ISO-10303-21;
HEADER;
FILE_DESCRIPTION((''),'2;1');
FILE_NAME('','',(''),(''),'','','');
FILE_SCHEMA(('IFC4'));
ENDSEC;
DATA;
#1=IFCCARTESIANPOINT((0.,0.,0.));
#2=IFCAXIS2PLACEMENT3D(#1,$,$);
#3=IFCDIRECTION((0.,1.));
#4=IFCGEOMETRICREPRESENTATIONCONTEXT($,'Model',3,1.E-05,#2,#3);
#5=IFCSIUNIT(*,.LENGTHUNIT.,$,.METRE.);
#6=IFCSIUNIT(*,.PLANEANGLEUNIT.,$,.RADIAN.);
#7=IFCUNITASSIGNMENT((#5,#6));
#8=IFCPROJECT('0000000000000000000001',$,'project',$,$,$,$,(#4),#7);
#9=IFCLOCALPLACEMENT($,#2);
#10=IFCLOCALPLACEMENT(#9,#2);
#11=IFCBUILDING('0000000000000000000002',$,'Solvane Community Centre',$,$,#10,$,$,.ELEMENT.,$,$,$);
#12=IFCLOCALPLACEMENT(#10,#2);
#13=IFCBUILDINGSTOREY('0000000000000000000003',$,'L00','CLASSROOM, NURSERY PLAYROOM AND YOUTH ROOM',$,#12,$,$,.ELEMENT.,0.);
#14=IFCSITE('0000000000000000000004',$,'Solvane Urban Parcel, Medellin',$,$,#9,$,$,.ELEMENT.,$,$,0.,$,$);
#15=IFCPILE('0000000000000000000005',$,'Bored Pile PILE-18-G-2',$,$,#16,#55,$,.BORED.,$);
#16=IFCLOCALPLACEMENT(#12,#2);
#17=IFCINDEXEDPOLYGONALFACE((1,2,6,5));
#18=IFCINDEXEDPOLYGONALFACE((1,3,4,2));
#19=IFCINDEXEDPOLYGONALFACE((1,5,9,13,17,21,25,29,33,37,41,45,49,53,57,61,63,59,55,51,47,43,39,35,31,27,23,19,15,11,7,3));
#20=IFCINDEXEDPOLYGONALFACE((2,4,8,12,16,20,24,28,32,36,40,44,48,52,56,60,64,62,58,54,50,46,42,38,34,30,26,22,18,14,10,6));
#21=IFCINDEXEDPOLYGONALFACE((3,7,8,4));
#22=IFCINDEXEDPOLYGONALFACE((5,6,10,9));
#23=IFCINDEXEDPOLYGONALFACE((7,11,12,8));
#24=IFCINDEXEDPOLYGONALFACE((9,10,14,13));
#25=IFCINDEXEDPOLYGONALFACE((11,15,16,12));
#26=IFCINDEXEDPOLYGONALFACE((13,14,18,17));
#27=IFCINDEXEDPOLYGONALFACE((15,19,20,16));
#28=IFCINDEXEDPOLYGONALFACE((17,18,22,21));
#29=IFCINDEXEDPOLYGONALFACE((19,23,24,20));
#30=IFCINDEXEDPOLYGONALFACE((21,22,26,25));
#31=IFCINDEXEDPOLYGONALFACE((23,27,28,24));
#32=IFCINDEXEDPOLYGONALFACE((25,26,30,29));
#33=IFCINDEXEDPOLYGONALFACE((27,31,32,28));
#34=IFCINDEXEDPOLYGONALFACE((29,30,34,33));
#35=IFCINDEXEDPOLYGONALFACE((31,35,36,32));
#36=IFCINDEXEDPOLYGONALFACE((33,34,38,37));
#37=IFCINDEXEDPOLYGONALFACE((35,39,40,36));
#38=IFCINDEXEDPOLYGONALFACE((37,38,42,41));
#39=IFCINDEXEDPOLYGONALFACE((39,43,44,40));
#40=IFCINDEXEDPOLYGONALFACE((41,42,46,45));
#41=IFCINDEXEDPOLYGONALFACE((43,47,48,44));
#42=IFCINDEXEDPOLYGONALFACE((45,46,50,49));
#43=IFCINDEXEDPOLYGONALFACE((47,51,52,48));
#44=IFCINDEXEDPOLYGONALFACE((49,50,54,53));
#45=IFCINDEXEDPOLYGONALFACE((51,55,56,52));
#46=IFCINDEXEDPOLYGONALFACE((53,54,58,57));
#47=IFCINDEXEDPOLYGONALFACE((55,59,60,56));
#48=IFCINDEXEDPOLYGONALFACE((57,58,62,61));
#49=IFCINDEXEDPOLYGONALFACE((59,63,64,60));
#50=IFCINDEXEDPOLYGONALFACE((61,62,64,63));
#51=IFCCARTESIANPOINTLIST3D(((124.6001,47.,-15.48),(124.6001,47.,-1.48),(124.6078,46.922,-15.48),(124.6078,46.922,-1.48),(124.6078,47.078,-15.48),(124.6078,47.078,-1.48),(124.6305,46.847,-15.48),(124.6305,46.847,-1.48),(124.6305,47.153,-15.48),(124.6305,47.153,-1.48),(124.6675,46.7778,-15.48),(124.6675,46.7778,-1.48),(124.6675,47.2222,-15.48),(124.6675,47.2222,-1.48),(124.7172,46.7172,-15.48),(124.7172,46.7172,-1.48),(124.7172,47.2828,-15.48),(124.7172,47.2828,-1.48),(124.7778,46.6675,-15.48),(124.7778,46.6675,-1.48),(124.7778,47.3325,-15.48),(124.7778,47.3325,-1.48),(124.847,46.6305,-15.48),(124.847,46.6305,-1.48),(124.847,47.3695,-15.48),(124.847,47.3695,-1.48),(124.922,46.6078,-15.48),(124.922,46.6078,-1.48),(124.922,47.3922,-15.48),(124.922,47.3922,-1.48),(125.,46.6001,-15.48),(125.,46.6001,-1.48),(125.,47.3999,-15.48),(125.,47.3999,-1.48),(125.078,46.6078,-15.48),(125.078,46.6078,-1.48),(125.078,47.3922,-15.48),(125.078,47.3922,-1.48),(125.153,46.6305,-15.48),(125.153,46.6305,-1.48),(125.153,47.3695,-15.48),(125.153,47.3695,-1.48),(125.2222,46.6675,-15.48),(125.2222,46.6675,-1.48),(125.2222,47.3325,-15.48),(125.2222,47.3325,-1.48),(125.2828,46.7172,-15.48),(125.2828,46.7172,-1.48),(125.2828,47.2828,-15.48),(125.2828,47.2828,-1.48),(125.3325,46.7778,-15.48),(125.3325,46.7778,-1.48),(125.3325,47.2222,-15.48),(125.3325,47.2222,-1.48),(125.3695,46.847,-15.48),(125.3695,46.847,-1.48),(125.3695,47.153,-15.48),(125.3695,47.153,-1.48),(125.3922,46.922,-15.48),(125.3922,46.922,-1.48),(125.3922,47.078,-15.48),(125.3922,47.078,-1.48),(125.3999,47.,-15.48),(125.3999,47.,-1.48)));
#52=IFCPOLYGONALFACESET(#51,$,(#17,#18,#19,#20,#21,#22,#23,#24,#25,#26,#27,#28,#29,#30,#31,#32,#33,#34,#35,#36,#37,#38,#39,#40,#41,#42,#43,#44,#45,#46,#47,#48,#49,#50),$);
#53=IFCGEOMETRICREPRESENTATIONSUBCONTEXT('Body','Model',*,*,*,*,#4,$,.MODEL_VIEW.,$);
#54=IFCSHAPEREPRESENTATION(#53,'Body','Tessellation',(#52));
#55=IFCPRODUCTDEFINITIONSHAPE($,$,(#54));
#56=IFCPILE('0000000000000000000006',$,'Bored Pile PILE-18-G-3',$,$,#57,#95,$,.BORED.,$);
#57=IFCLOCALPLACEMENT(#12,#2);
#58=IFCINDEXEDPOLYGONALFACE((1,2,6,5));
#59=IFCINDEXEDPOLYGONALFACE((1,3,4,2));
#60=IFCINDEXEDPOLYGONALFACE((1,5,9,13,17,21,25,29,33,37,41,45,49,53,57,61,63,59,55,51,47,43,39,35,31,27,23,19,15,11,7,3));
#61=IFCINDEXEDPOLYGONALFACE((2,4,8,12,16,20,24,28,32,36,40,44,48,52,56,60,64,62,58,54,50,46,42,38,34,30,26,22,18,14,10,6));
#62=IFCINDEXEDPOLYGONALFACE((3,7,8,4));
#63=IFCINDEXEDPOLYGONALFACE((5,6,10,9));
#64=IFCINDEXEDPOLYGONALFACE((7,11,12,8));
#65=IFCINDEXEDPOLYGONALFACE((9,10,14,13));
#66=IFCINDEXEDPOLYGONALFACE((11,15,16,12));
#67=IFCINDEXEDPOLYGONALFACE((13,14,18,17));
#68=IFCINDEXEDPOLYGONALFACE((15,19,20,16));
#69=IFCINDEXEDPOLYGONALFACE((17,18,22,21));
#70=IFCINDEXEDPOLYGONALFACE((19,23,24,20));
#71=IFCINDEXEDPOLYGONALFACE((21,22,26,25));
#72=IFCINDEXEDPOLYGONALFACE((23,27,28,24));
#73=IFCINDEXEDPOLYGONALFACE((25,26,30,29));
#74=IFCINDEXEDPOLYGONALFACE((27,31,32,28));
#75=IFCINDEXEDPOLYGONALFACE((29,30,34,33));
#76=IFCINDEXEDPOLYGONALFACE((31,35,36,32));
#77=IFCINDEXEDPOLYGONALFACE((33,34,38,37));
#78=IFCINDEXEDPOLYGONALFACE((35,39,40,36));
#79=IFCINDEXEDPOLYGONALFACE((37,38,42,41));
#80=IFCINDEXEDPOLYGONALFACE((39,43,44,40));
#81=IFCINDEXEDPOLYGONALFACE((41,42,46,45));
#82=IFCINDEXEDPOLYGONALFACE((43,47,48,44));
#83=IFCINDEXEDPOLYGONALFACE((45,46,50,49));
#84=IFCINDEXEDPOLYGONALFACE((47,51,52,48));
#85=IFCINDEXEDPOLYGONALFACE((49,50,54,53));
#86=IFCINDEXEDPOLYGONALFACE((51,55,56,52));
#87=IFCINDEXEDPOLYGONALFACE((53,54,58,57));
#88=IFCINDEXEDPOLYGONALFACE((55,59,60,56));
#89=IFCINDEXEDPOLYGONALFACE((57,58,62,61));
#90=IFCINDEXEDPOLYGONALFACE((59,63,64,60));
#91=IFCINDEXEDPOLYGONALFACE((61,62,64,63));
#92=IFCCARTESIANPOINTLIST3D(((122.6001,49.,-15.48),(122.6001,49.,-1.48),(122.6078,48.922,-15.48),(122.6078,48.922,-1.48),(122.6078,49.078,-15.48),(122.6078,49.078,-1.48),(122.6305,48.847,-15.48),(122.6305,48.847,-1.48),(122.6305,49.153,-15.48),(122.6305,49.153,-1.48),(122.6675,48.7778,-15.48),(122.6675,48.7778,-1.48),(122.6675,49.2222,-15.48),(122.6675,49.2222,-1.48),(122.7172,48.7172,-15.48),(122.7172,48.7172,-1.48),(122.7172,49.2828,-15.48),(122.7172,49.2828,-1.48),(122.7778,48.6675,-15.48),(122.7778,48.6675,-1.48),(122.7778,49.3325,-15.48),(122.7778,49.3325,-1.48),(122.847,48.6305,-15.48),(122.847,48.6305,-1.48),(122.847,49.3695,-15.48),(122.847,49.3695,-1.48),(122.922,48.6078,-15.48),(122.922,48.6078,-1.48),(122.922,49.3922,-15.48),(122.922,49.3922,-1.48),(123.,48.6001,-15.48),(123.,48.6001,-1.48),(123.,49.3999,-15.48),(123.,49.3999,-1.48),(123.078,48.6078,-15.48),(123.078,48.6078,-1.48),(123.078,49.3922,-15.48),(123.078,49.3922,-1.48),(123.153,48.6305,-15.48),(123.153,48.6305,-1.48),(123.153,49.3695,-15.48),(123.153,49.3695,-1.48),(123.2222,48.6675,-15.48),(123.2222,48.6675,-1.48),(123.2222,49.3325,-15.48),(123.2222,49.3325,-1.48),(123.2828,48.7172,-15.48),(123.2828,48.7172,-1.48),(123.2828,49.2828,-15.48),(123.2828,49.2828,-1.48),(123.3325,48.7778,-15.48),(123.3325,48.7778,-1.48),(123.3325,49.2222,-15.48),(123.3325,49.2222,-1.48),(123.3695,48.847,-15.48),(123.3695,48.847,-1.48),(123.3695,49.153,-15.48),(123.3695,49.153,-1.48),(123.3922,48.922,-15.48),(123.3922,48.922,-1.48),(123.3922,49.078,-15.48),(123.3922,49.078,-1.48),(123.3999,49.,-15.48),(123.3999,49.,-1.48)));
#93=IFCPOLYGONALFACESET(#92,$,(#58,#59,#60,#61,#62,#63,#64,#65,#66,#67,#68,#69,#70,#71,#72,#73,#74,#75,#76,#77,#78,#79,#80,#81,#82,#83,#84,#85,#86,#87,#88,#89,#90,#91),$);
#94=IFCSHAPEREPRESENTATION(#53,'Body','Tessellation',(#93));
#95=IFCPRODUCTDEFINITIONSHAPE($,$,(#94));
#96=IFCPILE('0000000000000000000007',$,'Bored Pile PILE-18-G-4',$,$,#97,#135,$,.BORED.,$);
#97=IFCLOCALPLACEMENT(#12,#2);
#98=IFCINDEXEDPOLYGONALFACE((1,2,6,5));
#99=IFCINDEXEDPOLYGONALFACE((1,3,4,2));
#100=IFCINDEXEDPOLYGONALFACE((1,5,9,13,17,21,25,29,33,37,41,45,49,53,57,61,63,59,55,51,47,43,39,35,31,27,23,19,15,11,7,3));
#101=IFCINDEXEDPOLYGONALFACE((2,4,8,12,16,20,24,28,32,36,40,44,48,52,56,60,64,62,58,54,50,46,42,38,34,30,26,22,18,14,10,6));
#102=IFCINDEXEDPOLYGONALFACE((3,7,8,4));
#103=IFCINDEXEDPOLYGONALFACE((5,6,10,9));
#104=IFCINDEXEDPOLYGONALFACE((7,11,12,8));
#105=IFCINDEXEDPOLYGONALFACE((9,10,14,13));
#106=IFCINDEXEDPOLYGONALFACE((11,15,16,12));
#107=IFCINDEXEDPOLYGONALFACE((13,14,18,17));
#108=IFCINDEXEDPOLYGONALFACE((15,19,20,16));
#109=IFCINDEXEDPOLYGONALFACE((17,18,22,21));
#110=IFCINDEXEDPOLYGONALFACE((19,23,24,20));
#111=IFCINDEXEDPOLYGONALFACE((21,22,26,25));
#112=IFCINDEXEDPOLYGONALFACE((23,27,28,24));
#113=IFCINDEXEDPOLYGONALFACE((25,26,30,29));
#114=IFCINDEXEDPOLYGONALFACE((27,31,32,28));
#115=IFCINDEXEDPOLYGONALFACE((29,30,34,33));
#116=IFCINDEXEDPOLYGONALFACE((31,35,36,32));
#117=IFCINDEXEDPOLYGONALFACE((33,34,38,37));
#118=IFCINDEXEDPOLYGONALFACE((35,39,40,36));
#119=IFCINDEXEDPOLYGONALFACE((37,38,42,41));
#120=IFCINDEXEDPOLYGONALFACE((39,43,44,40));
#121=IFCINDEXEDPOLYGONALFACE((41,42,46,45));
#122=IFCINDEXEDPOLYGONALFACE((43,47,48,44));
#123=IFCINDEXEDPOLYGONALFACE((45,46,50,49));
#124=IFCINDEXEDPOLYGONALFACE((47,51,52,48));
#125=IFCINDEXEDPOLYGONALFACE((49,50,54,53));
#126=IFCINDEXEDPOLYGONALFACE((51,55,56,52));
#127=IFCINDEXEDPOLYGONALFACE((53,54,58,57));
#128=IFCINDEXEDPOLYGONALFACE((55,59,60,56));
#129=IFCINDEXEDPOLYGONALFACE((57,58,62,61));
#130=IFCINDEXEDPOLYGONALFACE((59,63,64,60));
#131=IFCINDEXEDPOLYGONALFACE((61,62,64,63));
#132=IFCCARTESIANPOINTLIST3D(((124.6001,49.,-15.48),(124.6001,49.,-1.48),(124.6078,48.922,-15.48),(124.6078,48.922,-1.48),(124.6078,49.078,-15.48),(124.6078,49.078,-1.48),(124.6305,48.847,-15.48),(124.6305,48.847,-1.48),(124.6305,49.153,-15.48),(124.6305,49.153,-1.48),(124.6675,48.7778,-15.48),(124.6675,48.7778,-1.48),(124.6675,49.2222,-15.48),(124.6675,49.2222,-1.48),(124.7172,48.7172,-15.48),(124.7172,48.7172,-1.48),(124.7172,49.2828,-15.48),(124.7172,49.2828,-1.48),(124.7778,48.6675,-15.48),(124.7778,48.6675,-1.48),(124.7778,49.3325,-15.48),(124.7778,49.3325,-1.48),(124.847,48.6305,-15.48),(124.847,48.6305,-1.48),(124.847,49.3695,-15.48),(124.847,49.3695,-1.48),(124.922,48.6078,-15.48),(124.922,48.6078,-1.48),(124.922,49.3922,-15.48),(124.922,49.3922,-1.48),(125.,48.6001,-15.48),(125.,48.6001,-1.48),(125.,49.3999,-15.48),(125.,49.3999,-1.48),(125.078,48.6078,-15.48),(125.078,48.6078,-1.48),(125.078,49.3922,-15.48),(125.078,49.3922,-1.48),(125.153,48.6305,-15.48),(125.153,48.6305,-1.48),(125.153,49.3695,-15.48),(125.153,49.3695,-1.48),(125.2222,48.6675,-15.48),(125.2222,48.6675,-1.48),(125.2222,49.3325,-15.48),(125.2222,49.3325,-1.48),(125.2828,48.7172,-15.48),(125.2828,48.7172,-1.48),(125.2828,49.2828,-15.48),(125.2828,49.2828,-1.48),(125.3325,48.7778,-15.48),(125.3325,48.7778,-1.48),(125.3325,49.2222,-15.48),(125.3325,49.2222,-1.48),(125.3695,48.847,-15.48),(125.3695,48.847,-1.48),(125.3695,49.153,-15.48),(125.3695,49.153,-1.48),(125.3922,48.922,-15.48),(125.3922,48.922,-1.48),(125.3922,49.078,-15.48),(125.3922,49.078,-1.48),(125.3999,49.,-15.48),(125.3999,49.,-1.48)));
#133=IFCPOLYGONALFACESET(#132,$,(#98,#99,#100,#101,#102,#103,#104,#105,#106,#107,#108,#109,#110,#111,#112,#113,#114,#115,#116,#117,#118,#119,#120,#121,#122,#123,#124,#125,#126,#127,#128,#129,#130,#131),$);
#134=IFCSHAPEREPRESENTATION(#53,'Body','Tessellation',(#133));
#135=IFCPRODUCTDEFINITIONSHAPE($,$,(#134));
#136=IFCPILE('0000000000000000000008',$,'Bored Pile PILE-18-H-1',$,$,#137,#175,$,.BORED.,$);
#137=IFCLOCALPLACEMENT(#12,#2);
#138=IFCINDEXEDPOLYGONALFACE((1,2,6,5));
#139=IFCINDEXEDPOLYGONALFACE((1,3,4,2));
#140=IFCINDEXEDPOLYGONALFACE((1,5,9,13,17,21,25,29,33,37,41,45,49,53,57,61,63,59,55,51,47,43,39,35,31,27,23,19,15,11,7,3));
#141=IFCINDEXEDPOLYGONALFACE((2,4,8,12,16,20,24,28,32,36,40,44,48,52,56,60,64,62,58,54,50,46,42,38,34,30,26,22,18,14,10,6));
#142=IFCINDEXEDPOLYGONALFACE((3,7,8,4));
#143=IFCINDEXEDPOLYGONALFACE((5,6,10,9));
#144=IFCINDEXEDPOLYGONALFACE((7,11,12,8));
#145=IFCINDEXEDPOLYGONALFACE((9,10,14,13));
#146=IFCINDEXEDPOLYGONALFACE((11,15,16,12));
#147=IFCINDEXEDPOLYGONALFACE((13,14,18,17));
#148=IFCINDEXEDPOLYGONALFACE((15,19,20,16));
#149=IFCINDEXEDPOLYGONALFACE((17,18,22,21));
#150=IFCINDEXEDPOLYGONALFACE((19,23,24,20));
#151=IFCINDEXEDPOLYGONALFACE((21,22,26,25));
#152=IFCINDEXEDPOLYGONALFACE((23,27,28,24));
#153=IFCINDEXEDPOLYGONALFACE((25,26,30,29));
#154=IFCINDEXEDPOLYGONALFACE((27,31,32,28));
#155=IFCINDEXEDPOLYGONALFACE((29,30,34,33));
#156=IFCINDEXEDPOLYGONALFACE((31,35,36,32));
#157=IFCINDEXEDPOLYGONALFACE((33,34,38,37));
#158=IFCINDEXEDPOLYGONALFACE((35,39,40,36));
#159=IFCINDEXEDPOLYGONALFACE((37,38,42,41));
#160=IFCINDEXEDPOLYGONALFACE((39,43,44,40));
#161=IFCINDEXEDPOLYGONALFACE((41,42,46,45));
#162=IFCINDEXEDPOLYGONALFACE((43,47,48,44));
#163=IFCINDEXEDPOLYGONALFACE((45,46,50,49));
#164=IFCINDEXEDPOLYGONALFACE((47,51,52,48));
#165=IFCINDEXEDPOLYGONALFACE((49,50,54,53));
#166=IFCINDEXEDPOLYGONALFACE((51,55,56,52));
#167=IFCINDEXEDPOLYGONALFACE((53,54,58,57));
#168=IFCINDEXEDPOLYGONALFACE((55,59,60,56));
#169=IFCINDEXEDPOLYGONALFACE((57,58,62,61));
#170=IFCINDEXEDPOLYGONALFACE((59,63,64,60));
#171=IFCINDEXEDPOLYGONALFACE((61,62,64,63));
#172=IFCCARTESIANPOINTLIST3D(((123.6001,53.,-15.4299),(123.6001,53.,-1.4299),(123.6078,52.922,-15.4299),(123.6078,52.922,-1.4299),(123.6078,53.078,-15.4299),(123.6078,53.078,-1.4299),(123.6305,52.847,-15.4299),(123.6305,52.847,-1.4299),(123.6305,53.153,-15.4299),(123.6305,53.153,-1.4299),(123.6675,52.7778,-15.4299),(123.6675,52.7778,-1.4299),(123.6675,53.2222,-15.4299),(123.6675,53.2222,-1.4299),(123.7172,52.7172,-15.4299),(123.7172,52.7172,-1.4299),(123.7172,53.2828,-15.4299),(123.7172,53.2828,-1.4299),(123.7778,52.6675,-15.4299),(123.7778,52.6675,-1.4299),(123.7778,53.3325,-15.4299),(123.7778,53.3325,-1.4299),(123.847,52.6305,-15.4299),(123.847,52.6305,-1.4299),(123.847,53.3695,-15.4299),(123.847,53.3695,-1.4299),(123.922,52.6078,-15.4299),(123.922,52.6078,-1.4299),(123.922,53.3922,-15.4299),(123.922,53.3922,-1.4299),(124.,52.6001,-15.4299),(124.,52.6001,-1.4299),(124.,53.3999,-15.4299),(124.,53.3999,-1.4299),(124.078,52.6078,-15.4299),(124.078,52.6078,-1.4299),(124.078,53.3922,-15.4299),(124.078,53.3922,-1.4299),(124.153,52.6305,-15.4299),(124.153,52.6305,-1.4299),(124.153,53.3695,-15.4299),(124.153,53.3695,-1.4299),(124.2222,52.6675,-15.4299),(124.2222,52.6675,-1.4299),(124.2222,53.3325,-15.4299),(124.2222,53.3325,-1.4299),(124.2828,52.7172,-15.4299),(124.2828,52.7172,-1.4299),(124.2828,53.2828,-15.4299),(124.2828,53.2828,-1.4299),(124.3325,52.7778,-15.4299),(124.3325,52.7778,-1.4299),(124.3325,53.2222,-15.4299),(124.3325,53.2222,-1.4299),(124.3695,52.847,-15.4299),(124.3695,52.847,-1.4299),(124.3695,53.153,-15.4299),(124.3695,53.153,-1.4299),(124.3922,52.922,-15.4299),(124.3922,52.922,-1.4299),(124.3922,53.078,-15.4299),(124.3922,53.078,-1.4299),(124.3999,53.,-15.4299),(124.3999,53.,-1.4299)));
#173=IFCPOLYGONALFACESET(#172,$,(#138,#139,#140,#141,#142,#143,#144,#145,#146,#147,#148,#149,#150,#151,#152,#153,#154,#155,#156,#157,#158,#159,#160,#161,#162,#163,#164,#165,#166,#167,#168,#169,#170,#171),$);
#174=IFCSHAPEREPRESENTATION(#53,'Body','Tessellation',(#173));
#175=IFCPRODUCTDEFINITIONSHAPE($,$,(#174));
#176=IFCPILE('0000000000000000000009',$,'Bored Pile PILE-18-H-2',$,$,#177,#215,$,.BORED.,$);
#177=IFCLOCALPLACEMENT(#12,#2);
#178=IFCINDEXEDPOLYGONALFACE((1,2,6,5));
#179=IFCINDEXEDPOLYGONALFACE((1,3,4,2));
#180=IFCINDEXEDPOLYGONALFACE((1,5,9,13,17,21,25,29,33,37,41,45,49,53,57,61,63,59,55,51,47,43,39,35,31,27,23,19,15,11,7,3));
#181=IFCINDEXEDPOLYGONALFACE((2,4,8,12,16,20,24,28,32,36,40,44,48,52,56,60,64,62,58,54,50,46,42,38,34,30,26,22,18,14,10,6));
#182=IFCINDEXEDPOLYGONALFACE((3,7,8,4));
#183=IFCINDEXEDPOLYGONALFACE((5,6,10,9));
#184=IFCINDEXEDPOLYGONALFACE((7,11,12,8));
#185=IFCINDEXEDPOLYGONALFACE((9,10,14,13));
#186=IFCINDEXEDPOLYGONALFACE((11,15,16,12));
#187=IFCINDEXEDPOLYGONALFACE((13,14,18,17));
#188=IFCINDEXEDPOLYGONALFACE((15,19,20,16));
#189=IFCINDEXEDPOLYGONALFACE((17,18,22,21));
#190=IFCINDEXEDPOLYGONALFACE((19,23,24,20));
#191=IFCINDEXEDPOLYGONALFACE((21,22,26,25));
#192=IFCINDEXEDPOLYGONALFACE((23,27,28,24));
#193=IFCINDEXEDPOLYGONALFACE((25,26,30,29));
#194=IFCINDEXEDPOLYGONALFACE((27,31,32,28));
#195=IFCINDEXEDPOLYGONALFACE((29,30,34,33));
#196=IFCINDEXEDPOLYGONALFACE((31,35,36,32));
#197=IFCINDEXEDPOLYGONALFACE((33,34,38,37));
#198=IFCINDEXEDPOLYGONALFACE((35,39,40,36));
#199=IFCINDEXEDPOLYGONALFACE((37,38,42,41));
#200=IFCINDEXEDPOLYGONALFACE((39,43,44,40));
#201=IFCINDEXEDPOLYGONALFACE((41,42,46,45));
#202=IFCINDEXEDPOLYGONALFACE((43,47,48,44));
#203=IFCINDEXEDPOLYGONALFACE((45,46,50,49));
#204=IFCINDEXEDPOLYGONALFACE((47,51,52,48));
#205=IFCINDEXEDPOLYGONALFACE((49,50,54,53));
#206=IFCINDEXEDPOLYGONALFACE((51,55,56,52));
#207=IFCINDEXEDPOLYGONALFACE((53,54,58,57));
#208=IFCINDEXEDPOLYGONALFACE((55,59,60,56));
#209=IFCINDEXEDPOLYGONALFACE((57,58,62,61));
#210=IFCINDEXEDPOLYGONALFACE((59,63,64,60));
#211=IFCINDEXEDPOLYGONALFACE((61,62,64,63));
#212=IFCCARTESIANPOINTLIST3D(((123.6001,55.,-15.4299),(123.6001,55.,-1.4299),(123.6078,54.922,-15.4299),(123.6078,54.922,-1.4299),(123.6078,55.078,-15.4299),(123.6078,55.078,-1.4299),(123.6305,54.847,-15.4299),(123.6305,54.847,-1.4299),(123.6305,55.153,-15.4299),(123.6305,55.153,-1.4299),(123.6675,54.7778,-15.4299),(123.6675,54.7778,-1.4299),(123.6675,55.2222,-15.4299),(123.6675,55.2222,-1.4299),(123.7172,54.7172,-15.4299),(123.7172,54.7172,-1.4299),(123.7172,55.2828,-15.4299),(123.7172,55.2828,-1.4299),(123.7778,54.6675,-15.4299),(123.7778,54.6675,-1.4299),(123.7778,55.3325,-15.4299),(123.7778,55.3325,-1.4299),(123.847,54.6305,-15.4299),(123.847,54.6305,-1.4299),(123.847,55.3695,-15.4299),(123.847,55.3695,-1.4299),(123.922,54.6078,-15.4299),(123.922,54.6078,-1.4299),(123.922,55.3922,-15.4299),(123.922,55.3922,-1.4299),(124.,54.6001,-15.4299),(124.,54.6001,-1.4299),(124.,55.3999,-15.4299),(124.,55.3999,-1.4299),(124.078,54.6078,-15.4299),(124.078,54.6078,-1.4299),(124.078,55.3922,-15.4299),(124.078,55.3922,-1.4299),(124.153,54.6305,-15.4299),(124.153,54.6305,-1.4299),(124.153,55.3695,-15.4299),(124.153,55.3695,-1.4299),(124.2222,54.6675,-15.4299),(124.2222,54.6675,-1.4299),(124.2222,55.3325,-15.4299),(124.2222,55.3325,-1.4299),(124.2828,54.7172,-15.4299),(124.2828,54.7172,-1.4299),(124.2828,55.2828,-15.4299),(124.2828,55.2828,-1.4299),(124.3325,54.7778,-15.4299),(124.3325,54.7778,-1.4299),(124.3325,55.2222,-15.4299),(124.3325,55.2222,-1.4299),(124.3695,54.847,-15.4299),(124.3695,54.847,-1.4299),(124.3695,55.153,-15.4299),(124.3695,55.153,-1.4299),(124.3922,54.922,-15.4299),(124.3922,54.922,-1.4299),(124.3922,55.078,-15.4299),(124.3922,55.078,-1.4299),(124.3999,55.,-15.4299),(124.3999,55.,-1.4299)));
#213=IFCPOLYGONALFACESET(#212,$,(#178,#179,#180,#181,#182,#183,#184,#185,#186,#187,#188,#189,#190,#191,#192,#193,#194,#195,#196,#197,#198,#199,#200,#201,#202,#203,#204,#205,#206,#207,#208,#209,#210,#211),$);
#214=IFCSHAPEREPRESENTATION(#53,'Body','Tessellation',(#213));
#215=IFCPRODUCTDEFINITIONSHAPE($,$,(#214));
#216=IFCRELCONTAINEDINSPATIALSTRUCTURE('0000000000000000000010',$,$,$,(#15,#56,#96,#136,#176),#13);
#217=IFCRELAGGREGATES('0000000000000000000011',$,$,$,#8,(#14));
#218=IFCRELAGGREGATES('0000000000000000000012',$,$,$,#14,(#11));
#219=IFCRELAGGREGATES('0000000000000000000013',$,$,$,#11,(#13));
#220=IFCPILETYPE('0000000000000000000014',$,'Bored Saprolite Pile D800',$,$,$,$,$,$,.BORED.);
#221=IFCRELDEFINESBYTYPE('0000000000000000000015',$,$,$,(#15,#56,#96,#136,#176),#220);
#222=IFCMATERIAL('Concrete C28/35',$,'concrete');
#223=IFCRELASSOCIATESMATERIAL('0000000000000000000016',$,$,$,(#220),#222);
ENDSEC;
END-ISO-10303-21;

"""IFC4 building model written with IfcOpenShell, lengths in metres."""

from ifc_helpers import new_model, si_unit, direction, frame, origin, origin_2d, place, context, subcontext, project, spatial, circle, extrude, material, material_profile, profile_set, type_object, element, save


model = new_model("IFC4")

# Units and contexts
model_context = context("Model", 3, precision=1e-05, world=origin(), true_north=direction((0.0, 1.0)))
body_context = subcontext(model_context, "Body", "Model", "MODEL_VIEW")
ifc_project = project(units=[si_unit("LENGTHUNIT", "METRE"), si_unit("PLANEANGLEUNIT", "RADIAN")], contexts=[model_context])

# Site, building, storey
site_placement = place(None, origin())
site = spatial("IfcSite", under=ifc_project, at=site_placement, Name="Solvane Urban Parcel, Medellin", CompositionType="ELEMENT", RefElevation=0.0)
building_placement = place(site_placement, origin())
building = spatial("IfcBuilding", under=site, at=building_placement, Name="Solvane Community Centre", CompositionType="ELEMENT")
storey_placement = place(building_placement, origin())
storey = spatial("IfcBuildingStorey", under=building, at=storey_placement, Name="L00", Description="CLASSROOM, NURSERY PLAYROOM AND YOUTH ROOM", CompositionType="ELEMENT", Elevation=0.0)

# Piles
ifc_material_1 = material(Name="Concrete C28/35", Category="concrete")
ifc_material_profile_1 = material_profile(ifc_material_1, circle(Radius=0.3999, at=origin_2d()), Name="PILE D800")
ifc_profile_set_1 = profile_set([ifc_material_profile_1], Name="Concrete C28/35")
pile_type = type_object("IfcPileType", Name="Bored Saprolite Pile D800", PredefinedType="BORED", material=ifc_profile_set_1)
for number, where, z_axis, x_axis, name in (
    (1, (125.0, 47.0, -1.48), (0.0, 0.0, -1.0), (1.0, 0.0, 0.0), "Bored Pile PILE-18-G-2"),
    (2, (123.0, 49.0, -1.48), (0.0, 0.0, -1.0), (1.0, 0.0, 0.0), "Bored Pile PILE-18-G-3"),
    (3, (125.0, 49.0, -1.48), (0.0, 0.0, -1.0), (1.0, 0.0, 0.0), "Bored Pile PILE-18-G-4"),
    (4, (124.0, 53.0, -1.4299), (0.0, 0.0, -1.0), (1.0, 0.0, 0.0), "Bored Pile PILE-18-H-1"),
    (5, (124.0, 55.0, -1.4299), (0.0, 0.0, -1.0), (1.0, 0.0, 0.0), "Bored Pile PILE-18-H-2"),
):
    element("IfcPile", number, at=place(storey_placement, frame(where, z_axis=z_axis, x_axis=x_axis)), inside=storey, type_object=pile_type, Name=name, PredefinedType="BORED", context=body_context, shape_type="SweptSolid", body=[
        extrude(circle(Radius=0.3999, at=origin_2d()), origin(), (0.0, 0.0, 1.0), 14.0),
    ])

save(model, "model.ifc")
